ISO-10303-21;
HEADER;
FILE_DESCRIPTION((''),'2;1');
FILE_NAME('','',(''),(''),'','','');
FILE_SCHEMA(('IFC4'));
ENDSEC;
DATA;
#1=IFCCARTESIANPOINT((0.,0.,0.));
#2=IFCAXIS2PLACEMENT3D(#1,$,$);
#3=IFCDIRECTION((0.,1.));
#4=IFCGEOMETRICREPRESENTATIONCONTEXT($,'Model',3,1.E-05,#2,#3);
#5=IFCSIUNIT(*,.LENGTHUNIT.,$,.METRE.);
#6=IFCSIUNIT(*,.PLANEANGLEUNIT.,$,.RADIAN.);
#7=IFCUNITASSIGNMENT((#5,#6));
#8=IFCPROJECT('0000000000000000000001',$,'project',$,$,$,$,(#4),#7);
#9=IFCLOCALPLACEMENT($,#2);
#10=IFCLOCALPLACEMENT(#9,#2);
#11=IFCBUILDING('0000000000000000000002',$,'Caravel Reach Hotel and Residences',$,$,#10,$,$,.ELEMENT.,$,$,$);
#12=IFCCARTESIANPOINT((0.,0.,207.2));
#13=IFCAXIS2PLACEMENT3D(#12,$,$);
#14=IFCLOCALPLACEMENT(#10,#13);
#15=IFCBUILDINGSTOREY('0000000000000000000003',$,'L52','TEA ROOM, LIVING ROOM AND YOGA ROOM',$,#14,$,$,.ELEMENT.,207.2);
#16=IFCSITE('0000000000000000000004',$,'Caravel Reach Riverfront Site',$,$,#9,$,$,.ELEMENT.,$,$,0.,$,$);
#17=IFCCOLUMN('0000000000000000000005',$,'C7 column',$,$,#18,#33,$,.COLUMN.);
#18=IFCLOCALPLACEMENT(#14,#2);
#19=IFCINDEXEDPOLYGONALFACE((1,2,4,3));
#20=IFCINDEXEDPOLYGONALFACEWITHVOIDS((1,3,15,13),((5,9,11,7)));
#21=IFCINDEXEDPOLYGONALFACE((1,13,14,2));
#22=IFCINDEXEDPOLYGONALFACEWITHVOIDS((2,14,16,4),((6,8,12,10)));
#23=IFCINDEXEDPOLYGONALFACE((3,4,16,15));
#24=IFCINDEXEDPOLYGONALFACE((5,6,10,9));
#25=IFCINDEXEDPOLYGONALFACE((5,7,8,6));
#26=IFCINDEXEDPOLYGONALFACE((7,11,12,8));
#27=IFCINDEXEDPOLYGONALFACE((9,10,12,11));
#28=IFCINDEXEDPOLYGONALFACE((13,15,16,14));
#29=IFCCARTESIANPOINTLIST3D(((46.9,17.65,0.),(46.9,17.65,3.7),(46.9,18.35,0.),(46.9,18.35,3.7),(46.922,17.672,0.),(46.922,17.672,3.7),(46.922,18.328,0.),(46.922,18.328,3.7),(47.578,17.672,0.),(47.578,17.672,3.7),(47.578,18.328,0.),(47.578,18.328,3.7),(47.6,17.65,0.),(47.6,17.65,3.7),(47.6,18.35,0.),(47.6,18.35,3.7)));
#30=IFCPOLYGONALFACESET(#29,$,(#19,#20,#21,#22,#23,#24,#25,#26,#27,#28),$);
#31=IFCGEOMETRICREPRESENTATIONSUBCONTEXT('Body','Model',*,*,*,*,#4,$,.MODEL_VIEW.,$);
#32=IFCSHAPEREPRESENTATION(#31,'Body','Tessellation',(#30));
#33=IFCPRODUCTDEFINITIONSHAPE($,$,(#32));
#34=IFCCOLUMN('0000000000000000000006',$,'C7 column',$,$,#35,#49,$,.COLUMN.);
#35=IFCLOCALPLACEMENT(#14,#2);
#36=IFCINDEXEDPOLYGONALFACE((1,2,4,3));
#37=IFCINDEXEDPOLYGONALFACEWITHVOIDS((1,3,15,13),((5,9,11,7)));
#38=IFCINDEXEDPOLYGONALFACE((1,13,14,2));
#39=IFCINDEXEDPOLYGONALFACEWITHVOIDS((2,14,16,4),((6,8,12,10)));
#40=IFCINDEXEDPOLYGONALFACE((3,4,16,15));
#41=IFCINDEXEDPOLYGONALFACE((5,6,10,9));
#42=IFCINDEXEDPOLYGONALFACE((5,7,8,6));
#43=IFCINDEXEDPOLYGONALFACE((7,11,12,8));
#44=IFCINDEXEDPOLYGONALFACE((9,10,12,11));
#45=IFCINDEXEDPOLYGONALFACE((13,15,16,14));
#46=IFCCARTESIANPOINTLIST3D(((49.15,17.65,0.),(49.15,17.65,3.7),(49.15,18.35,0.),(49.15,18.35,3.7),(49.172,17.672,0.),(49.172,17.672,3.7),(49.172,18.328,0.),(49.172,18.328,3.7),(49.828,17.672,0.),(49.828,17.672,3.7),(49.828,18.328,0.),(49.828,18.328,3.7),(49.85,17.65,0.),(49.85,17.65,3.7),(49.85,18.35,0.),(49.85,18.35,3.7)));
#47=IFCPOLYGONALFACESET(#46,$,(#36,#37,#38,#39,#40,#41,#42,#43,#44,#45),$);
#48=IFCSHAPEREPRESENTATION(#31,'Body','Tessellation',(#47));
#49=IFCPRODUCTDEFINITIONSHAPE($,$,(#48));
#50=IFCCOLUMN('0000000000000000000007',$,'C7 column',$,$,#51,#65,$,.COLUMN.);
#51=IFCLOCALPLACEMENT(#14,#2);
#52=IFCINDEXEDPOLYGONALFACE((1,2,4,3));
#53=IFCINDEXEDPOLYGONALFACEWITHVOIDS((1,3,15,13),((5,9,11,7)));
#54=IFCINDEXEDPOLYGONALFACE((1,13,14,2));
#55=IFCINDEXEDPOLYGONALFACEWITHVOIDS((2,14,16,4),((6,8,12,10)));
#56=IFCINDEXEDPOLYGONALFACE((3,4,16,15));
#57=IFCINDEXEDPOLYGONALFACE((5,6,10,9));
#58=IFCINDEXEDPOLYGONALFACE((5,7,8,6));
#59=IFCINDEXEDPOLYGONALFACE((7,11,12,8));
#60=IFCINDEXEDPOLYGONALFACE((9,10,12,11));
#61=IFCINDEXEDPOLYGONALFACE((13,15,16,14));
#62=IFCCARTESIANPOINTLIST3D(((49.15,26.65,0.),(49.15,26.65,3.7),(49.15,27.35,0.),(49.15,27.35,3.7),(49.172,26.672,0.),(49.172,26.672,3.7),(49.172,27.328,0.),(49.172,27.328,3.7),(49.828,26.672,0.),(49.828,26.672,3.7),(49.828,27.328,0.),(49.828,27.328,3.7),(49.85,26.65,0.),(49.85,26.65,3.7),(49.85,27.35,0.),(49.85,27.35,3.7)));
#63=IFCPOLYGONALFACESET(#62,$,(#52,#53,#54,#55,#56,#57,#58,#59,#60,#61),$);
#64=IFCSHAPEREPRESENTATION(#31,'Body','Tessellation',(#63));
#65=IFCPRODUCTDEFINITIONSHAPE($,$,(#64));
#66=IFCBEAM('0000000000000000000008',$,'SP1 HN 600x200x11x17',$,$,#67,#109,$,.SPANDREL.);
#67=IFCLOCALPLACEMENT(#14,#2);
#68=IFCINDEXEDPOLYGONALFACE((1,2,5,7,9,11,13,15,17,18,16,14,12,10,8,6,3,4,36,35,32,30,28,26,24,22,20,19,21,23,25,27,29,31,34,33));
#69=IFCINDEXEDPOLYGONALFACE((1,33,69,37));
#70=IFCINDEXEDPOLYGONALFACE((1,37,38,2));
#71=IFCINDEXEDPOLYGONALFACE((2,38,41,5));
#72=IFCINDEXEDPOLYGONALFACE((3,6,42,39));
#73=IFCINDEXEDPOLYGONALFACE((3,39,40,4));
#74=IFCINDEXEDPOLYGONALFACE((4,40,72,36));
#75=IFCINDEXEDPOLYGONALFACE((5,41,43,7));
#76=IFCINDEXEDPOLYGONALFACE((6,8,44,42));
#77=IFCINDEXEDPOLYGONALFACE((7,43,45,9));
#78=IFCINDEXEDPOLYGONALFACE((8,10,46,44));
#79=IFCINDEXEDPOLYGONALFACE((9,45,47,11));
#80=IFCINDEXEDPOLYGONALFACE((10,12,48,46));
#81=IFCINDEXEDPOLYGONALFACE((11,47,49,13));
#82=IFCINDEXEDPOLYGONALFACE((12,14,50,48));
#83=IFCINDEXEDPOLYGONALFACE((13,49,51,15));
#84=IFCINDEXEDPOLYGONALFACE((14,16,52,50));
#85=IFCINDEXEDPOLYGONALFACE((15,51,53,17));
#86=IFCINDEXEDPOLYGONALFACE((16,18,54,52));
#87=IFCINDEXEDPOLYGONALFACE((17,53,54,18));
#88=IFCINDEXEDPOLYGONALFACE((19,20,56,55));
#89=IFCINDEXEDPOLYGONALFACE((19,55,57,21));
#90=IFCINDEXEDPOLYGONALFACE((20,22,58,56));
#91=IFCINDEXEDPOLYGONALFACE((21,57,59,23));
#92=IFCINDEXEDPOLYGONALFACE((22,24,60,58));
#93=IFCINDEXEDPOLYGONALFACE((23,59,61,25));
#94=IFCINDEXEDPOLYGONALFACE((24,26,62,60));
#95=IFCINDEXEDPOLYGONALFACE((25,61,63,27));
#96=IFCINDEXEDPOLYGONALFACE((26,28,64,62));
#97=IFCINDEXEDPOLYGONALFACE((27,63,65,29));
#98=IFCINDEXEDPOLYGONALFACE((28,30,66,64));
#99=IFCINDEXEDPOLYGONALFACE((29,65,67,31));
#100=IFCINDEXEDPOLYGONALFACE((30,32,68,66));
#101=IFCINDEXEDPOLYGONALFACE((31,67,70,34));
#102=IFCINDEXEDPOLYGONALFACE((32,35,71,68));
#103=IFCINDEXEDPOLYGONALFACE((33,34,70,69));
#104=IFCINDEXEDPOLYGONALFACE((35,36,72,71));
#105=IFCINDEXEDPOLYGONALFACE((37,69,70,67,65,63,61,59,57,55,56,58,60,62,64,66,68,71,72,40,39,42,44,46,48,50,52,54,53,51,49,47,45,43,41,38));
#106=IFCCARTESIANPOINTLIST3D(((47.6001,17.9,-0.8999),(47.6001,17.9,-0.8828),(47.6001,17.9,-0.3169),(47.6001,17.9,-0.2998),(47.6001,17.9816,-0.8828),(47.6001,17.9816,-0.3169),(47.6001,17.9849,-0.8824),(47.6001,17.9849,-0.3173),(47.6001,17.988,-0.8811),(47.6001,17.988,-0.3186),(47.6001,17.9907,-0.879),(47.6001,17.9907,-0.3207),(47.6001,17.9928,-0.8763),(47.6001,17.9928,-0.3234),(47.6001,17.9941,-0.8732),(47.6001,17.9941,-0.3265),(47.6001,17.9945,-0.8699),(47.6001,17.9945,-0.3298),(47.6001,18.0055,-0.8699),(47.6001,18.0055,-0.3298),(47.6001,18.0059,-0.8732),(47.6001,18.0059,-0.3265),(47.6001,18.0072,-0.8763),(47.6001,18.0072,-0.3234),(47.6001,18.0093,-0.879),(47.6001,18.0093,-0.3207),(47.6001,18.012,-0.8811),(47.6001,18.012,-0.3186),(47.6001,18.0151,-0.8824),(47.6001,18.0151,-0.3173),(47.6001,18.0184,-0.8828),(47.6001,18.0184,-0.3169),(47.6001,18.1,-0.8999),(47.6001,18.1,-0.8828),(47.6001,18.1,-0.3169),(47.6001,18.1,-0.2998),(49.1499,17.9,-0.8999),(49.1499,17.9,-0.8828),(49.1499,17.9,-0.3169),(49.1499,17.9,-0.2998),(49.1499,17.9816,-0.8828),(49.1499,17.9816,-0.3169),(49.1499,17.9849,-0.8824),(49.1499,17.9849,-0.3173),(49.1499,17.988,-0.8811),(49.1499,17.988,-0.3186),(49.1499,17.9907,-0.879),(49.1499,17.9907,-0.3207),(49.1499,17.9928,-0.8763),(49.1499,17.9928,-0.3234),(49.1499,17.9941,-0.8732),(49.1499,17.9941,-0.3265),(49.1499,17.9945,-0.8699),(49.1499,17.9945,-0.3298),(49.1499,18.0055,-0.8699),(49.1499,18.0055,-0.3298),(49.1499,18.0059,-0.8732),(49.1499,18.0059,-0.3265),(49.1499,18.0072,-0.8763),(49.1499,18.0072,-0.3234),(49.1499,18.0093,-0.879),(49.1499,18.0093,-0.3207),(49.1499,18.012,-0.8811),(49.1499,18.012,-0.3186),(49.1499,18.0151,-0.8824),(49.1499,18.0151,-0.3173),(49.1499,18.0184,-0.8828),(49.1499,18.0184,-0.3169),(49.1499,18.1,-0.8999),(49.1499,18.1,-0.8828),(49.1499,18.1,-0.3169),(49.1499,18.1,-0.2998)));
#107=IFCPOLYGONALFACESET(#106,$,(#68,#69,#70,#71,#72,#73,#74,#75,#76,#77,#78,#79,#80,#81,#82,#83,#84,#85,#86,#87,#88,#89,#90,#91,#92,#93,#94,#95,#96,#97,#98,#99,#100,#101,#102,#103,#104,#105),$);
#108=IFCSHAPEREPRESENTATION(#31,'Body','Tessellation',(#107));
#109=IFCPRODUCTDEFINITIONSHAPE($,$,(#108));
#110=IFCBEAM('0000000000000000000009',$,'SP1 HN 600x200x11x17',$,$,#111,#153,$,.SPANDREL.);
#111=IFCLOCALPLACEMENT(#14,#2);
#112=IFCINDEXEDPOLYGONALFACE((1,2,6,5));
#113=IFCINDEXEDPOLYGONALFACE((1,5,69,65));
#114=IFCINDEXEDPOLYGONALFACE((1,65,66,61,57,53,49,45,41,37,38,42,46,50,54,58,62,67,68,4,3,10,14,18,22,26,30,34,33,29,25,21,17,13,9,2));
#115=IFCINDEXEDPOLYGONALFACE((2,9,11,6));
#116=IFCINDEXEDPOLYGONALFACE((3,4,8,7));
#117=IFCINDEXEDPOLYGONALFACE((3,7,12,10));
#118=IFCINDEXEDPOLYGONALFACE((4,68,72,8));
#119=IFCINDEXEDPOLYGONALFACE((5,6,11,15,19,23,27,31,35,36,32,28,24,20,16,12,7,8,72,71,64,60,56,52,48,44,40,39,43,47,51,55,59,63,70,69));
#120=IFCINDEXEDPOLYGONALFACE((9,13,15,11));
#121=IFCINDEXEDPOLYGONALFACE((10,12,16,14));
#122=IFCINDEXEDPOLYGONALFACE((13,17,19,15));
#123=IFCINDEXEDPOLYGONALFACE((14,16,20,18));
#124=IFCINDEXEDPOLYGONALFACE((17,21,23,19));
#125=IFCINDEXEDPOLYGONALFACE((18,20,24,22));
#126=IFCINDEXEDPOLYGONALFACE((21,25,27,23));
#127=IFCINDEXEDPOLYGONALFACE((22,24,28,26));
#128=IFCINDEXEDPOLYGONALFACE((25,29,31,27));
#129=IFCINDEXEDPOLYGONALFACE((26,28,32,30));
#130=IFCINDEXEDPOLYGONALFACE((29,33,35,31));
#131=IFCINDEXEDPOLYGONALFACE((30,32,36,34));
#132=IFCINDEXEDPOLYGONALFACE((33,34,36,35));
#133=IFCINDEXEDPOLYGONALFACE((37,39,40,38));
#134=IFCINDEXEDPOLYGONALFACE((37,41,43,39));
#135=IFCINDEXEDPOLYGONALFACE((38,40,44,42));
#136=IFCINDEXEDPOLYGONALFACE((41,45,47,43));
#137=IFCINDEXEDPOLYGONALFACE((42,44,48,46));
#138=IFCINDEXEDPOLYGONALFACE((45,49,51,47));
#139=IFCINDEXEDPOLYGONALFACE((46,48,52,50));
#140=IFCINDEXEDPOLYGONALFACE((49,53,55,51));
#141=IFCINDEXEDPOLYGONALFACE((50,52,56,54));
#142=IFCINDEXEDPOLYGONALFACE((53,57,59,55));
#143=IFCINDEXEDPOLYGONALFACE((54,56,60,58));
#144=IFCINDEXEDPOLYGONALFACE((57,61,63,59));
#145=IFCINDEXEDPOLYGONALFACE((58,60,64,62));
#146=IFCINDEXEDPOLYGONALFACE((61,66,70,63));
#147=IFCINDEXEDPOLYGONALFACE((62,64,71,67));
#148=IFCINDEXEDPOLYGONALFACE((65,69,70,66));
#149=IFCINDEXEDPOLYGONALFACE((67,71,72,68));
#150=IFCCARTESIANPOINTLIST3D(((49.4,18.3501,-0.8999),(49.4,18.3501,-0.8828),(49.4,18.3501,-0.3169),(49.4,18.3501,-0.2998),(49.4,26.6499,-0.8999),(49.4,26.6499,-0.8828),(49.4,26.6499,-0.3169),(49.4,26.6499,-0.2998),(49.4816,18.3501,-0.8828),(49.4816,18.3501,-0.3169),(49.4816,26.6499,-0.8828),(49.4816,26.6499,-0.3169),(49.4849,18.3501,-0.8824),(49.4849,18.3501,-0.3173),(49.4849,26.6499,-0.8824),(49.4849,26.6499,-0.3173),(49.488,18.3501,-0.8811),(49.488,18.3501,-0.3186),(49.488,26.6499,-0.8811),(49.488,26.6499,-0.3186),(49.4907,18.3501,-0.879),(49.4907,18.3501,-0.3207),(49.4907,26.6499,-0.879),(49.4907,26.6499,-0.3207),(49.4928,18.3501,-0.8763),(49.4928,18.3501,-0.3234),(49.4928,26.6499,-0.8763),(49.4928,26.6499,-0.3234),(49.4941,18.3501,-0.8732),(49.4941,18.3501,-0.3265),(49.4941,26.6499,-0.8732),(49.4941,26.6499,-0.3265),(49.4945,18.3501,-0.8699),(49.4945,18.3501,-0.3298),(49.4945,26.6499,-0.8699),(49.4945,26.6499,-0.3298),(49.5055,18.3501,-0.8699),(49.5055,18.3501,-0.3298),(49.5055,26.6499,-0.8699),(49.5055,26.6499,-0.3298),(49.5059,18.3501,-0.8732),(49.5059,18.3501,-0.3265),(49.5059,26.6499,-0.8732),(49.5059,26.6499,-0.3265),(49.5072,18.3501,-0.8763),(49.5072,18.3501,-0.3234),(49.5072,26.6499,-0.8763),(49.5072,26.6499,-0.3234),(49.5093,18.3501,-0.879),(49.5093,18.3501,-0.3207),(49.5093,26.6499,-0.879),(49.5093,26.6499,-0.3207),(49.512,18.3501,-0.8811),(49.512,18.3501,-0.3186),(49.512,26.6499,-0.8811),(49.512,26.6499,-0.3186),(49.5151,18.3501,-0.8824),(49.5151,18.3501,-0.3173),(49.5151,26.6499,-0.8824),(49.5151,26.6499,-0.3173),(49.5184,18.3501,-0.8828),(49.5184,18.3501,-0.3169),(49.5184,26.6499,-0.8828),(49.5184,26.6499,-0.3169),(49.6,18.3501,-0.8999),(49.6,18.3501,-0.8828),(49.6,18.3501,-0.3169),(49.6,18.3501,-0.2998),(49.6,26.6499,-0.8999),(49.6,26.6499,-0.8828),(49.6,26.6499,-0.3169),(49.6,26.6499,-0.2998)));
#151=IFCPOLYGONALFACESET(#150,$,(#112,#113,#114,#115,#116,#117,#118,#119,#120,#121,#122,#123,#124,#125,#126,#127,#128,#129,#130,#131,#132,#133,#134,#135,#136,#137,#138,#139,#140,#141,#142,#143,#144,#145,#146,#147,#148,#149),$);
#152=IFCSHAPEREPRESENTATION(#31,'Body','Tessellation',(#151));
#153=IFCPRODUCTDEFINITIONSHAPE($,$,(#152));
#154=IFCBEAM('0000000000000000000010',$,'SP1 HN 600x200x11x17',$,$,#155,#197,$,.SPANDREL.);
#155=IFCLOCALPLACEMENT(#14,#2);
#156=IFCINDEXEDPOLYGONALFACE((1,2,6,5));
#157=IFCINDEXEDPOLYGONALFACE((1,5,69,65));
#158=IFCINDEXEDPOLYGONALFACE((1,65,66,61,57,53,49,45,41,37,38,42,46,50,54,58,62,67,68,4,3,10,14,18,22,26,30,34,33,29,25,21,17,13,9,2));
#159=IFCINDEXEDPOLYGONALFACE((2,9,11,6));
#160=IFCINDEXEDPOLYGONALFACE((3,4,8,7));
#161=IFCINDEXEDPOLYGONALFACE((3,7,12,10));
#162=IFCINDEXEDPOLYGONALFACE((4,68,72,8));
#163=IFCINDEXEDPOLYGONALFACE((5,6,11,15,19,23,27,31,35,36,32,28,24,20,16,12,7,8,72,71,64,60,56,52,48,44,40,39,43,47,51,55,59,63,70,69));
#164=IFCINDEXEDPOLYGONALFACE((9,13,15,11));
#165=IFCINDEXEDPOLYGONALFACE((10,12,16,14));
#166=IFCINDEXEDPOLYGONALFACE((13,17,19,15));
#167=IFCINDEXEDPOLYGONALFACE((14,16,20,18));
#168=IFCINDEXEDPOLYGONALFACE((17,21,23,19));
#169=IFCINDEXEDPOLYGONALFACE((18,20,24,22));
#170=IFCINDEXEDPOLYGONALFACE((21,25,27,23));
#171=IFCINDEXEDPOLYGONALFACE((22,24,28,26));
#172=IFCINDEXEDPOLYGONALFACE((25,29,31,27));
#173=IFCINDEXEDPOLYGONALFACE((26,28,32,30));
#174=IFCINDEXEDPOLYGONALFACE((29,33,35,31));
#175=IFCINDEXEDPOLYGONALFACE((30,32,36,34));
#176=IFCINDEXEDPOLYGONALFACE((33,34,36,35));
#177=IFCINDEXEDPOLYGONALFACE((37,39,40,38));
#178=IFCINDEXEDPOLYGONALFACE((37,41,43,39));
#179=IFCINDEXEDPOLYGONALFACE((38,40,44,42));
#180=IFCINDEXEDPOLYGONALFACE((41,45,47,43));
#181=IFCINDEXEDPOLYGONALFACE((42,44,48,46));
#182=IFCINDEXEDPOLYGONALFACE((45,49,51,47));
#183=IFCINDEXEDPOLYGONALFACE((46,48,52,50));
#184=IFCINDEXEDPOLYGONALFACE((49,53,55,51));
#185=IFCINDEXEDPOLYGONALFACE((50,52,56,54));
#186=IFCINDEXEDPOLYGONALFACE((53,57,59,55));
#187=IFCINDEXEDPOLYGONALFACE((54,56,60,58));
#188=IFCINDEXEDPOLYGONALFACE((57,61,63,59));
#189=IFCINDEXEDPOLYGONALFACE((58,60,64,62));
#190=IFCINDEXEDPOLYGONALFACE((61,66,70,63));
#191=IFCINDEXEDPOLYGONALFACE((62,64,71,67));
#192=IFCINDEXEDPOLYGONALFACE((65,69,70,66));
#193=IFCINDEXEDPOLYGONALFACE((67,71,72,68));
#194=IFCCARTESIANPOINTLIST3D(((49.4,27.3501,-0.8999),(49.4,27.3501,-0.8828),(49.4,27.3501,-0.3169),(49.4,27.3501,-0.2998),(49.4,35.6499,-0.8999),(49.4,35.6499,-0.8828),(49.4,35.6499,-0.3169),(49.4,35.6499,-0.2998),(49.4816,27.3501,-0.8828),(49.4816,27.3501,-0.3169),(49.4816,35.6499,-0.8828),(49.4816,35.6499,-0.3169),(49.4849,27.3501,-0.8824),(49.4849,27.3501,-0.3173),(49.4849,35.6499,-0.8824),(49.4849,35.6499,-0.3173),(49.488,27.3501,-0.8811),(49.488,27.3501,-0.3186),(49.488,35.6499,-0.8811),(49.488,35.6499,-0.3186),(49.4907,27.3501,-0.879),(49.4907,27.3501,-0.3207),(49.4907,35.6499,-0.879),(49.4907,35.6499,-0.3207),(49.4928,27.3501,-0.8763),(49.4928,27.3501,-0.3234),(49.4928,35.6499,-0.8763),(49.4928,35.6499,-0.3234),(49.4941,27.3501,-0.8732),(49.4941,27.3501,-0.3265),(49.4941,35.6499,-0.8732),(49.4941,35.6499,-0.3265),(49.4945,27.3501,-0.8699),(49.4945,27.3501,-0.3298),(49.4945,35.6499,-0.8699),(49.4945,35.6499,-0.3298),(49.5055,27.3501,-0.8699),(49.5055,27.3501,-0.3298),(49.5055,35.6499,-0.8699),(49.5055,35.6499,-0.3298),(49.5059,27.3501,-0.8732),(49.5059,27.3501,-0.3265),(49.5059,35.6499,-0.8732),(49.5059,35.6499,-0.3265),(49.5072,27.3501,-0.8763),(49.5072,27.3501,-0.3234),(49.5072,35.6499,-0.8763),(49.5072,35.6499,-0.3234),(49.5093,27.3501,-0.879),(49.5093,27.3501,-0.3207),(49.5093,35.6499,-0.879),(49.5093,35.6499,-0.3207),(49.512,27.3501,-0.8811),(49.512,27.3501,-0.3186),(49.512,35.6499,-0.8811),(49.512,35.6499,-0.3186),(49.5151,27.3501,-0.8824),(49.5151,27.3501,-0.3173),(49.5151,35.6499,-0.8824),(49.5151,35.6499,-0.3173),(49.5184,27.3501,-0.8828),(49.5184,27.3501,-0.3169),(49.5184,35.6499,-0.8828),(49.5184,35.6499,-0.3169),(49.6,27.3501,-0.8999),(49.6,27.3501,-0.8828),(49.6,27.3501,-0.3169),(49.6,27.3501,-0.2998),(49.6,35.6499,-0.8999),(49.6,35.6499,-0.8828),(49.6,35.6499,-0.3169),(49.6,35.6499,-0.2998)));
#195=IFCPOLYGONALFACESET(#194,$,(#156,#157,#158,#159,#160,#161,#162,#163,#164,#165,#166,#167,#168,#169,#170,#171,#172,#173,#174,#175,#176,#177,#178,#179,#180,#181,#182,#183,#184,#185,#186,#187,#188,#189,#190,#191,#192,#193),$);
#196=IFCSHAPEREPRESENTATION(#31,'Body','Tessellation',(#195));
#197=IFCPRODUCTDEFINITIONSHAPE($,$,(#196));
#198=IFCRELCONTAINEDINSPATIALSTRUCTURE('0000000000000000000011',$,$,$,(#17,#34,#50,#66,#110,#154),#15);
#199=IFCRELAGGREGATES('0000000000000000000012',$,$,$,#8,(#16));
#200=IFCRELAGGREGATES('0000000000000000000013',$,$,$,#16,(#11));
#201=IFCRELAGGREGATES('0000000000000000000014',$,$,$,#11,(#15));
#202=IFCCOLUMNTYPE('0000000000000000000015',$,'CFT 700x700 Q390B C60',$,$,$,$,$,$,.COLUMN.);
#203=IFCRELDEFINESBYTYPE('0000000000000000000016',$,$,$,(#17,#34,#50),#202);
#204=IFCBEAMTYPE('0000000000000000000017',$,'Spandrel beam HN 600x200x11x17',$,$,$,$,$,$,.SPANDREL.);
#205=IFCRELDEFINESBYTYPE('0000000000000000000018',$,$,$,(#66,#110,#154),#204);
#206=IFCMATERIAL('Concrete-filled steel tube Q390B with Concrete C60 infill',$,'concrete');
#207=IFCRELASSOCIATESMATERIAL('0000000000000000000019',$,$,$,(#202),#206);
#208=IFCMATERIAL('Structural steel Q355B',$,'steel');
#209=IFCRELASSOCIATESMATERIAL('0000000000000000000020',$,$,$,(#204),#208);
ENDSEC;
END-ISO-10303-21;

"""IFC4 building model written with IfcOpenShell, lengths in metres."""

from ifc_helpers import new_model, si_unit, direction, frame, origin, origin_2d, place, context, subcontext, project, spatial, hollow_rectangle, i_section, extrude, material, material_profile, profile_set, type_object, element, save


model = new_model("IFC4")

# Units and contexts
model_context = context("Model", 3, precision=1e-05, world=origin(), true_north=direction((0.0, 1.0)))
body_context = subcontext(model_context, "Body", "Model", "MODEL_VIEW")
ifc_project = project(units=[si_unit("LENGTHUNIT", "METRE"), si_unit("PLANEANGLEUNIT", "RADIAN")], contexts=[model_context])

# Site, building, storey
site_placement = place(None, origin())
site = spatial("IfcSite", under=ifc_project, at=site_placement, Name="Caravel Reach Riverfront Site", CompositionType="ELEMENT", RefElevation=0.0)
building_placement = place(site_placement, origin())
building = spatial("IfcBuilding", under=site, at=building_placement, Name="Caravel Reach Hotel and Residences", CompositionType="ELEMENT")
storey_placement = place(building_placement, frame((0.0, 0.0, 207.2)))
storey = spatial("IfcBuildingStorey", under=building, at=storey_placement, Name="L52", Description="TEA ROOM, LIVING ROOM AND YOGA ROOM", CompositionType="ELEMENT", Elevation=207.2)

# Columns
ifc_material_1 = material(Name="Concrete-filled steel tube Q390B with Concrete C60 infill", Category="concrete")
ifc_material_profile_1 = material_profile(ifc_material_1, hollow_rectangle(XDim=0.7, YDim=0.7, WallThickness=0.022, at=origin_2d()), Name="RHS 700x700x22")
ifc_profile_set_1 = profile_set([ifc_material_profile_1], Name="Concrete-filled steel tube Q390B with Concrete C60 infill")
column_type = type_object("IfcColumnType", Name="CFT 700x700 Q390B C60", PredefinedType="COLUMN", material=ifc_profile_set_1)
for number, where, z_axis, x_axis, name in (
    (1, (47.25, 18.0, 0.0), (0.0, 0.0, 1.0), (1.0, 0.0, 0.0), "C7 column"),
    (2, (49.5, 18.0, 0.0), (0.0, 0.0, 1.0), (1.0, 0.0, 0.0), "C7 column"),
    (3, (49.5, 27.0, 0.0), (0.0, 0.0, 1.0), (1.0, 0.0, 0.0), "C7 column"),
):
    element("IfcColumn", number, at=place(storey_placement, frame(where, z_axis=z_axis, x_axis=x_axis)), inside=storey, type_object=column_type, Name=name, PredefinedType="COLUMN", context=body_context, shape_type="SweptSolid", body=[
        extrude(hollow_rectangle(XDim=0.7, YDim=0.7, WallThickness=0.022, at=origin_2d()), origin(), (0.0, 0.0, 1.0), 3.7),
    ])

# Beams
ifc_material_2 = material(Name="Structural steel Q355B", Category="steel")
ifc_material_profile_2 = material_profile(ifc_material_2, i_section(OverallWidth=0.2, OverallDepth=0.6001, WebThickness=0.011, FlangeThickness=0.0171, FilletRadius=0.0129, at=origin_2d()), Name="HN 600x200x11x17")
ifc_profile_set_2 = profile_set([ifc_material_profile_2], Name="Structural steel Q355B")
beam_type = type_object("IfcBeamType", Name="Spandrel beam HN 600x200x11x17", PredefinedType="SPANDREL", material=ifc_profile_set_2)
beam_placement = place(storey_placement, frame((47.6001, 18.0, -0.5999), z_axis=(1.0, 0.0, 0.0), x_axis=(0.0, 1.0, 0.0)))
element("IfcBeam", 4, at=beam_placement, inside=storey, type_object=beam_type, Name="SP1 HN 600x200x11x17", PredefinedType="SPANDREL", context=body_context, shape_type="SweptSolid", body=[
    extrude(i_section(OverallWidth=0.2, OverallDepth=0.6001, WebThickness=0.011, FlangeThickness=0.0171, FilletRadius=0.0129, at=origin_2d()), origin(), (0.0, 0.0, 1.0), 1.5498),
])
for number, where, z_axis, x_axis, name in (
    (5, (49.5, 18.3501, -0.5999), (0.0, 1.0, 0.0), (-1.0, 0.0, 0.0), "SP1 HN 600x200x11x17"),
    (6, (49.5, 27.3501, -0.5999), (0.0, 1.0, 0.0), (-1.0, 0.0, 0.0), "SP1 HN 600x200x11x17"),
):
    element("IfcBeam", number, at=place(storey_placement, frame(where, z_axis=z_axis, x_axis=x_axis)), inside=storey, type_object=beam_type, Name=name, PredefinedType="SPANDREL", context=body_context, shape_type="SweptSolid", body=[
        extrude(i_section(OverallWidth=0.2, OverallDepth=0.6001, WebThickness=0.011, FlangeThickness=0.0171, FilletRadius=0.0129, at=origin_2d()), origin(), (0.0, 0.0, 1.0), 8.2998),
    ])

save(model, "model.ifc")
